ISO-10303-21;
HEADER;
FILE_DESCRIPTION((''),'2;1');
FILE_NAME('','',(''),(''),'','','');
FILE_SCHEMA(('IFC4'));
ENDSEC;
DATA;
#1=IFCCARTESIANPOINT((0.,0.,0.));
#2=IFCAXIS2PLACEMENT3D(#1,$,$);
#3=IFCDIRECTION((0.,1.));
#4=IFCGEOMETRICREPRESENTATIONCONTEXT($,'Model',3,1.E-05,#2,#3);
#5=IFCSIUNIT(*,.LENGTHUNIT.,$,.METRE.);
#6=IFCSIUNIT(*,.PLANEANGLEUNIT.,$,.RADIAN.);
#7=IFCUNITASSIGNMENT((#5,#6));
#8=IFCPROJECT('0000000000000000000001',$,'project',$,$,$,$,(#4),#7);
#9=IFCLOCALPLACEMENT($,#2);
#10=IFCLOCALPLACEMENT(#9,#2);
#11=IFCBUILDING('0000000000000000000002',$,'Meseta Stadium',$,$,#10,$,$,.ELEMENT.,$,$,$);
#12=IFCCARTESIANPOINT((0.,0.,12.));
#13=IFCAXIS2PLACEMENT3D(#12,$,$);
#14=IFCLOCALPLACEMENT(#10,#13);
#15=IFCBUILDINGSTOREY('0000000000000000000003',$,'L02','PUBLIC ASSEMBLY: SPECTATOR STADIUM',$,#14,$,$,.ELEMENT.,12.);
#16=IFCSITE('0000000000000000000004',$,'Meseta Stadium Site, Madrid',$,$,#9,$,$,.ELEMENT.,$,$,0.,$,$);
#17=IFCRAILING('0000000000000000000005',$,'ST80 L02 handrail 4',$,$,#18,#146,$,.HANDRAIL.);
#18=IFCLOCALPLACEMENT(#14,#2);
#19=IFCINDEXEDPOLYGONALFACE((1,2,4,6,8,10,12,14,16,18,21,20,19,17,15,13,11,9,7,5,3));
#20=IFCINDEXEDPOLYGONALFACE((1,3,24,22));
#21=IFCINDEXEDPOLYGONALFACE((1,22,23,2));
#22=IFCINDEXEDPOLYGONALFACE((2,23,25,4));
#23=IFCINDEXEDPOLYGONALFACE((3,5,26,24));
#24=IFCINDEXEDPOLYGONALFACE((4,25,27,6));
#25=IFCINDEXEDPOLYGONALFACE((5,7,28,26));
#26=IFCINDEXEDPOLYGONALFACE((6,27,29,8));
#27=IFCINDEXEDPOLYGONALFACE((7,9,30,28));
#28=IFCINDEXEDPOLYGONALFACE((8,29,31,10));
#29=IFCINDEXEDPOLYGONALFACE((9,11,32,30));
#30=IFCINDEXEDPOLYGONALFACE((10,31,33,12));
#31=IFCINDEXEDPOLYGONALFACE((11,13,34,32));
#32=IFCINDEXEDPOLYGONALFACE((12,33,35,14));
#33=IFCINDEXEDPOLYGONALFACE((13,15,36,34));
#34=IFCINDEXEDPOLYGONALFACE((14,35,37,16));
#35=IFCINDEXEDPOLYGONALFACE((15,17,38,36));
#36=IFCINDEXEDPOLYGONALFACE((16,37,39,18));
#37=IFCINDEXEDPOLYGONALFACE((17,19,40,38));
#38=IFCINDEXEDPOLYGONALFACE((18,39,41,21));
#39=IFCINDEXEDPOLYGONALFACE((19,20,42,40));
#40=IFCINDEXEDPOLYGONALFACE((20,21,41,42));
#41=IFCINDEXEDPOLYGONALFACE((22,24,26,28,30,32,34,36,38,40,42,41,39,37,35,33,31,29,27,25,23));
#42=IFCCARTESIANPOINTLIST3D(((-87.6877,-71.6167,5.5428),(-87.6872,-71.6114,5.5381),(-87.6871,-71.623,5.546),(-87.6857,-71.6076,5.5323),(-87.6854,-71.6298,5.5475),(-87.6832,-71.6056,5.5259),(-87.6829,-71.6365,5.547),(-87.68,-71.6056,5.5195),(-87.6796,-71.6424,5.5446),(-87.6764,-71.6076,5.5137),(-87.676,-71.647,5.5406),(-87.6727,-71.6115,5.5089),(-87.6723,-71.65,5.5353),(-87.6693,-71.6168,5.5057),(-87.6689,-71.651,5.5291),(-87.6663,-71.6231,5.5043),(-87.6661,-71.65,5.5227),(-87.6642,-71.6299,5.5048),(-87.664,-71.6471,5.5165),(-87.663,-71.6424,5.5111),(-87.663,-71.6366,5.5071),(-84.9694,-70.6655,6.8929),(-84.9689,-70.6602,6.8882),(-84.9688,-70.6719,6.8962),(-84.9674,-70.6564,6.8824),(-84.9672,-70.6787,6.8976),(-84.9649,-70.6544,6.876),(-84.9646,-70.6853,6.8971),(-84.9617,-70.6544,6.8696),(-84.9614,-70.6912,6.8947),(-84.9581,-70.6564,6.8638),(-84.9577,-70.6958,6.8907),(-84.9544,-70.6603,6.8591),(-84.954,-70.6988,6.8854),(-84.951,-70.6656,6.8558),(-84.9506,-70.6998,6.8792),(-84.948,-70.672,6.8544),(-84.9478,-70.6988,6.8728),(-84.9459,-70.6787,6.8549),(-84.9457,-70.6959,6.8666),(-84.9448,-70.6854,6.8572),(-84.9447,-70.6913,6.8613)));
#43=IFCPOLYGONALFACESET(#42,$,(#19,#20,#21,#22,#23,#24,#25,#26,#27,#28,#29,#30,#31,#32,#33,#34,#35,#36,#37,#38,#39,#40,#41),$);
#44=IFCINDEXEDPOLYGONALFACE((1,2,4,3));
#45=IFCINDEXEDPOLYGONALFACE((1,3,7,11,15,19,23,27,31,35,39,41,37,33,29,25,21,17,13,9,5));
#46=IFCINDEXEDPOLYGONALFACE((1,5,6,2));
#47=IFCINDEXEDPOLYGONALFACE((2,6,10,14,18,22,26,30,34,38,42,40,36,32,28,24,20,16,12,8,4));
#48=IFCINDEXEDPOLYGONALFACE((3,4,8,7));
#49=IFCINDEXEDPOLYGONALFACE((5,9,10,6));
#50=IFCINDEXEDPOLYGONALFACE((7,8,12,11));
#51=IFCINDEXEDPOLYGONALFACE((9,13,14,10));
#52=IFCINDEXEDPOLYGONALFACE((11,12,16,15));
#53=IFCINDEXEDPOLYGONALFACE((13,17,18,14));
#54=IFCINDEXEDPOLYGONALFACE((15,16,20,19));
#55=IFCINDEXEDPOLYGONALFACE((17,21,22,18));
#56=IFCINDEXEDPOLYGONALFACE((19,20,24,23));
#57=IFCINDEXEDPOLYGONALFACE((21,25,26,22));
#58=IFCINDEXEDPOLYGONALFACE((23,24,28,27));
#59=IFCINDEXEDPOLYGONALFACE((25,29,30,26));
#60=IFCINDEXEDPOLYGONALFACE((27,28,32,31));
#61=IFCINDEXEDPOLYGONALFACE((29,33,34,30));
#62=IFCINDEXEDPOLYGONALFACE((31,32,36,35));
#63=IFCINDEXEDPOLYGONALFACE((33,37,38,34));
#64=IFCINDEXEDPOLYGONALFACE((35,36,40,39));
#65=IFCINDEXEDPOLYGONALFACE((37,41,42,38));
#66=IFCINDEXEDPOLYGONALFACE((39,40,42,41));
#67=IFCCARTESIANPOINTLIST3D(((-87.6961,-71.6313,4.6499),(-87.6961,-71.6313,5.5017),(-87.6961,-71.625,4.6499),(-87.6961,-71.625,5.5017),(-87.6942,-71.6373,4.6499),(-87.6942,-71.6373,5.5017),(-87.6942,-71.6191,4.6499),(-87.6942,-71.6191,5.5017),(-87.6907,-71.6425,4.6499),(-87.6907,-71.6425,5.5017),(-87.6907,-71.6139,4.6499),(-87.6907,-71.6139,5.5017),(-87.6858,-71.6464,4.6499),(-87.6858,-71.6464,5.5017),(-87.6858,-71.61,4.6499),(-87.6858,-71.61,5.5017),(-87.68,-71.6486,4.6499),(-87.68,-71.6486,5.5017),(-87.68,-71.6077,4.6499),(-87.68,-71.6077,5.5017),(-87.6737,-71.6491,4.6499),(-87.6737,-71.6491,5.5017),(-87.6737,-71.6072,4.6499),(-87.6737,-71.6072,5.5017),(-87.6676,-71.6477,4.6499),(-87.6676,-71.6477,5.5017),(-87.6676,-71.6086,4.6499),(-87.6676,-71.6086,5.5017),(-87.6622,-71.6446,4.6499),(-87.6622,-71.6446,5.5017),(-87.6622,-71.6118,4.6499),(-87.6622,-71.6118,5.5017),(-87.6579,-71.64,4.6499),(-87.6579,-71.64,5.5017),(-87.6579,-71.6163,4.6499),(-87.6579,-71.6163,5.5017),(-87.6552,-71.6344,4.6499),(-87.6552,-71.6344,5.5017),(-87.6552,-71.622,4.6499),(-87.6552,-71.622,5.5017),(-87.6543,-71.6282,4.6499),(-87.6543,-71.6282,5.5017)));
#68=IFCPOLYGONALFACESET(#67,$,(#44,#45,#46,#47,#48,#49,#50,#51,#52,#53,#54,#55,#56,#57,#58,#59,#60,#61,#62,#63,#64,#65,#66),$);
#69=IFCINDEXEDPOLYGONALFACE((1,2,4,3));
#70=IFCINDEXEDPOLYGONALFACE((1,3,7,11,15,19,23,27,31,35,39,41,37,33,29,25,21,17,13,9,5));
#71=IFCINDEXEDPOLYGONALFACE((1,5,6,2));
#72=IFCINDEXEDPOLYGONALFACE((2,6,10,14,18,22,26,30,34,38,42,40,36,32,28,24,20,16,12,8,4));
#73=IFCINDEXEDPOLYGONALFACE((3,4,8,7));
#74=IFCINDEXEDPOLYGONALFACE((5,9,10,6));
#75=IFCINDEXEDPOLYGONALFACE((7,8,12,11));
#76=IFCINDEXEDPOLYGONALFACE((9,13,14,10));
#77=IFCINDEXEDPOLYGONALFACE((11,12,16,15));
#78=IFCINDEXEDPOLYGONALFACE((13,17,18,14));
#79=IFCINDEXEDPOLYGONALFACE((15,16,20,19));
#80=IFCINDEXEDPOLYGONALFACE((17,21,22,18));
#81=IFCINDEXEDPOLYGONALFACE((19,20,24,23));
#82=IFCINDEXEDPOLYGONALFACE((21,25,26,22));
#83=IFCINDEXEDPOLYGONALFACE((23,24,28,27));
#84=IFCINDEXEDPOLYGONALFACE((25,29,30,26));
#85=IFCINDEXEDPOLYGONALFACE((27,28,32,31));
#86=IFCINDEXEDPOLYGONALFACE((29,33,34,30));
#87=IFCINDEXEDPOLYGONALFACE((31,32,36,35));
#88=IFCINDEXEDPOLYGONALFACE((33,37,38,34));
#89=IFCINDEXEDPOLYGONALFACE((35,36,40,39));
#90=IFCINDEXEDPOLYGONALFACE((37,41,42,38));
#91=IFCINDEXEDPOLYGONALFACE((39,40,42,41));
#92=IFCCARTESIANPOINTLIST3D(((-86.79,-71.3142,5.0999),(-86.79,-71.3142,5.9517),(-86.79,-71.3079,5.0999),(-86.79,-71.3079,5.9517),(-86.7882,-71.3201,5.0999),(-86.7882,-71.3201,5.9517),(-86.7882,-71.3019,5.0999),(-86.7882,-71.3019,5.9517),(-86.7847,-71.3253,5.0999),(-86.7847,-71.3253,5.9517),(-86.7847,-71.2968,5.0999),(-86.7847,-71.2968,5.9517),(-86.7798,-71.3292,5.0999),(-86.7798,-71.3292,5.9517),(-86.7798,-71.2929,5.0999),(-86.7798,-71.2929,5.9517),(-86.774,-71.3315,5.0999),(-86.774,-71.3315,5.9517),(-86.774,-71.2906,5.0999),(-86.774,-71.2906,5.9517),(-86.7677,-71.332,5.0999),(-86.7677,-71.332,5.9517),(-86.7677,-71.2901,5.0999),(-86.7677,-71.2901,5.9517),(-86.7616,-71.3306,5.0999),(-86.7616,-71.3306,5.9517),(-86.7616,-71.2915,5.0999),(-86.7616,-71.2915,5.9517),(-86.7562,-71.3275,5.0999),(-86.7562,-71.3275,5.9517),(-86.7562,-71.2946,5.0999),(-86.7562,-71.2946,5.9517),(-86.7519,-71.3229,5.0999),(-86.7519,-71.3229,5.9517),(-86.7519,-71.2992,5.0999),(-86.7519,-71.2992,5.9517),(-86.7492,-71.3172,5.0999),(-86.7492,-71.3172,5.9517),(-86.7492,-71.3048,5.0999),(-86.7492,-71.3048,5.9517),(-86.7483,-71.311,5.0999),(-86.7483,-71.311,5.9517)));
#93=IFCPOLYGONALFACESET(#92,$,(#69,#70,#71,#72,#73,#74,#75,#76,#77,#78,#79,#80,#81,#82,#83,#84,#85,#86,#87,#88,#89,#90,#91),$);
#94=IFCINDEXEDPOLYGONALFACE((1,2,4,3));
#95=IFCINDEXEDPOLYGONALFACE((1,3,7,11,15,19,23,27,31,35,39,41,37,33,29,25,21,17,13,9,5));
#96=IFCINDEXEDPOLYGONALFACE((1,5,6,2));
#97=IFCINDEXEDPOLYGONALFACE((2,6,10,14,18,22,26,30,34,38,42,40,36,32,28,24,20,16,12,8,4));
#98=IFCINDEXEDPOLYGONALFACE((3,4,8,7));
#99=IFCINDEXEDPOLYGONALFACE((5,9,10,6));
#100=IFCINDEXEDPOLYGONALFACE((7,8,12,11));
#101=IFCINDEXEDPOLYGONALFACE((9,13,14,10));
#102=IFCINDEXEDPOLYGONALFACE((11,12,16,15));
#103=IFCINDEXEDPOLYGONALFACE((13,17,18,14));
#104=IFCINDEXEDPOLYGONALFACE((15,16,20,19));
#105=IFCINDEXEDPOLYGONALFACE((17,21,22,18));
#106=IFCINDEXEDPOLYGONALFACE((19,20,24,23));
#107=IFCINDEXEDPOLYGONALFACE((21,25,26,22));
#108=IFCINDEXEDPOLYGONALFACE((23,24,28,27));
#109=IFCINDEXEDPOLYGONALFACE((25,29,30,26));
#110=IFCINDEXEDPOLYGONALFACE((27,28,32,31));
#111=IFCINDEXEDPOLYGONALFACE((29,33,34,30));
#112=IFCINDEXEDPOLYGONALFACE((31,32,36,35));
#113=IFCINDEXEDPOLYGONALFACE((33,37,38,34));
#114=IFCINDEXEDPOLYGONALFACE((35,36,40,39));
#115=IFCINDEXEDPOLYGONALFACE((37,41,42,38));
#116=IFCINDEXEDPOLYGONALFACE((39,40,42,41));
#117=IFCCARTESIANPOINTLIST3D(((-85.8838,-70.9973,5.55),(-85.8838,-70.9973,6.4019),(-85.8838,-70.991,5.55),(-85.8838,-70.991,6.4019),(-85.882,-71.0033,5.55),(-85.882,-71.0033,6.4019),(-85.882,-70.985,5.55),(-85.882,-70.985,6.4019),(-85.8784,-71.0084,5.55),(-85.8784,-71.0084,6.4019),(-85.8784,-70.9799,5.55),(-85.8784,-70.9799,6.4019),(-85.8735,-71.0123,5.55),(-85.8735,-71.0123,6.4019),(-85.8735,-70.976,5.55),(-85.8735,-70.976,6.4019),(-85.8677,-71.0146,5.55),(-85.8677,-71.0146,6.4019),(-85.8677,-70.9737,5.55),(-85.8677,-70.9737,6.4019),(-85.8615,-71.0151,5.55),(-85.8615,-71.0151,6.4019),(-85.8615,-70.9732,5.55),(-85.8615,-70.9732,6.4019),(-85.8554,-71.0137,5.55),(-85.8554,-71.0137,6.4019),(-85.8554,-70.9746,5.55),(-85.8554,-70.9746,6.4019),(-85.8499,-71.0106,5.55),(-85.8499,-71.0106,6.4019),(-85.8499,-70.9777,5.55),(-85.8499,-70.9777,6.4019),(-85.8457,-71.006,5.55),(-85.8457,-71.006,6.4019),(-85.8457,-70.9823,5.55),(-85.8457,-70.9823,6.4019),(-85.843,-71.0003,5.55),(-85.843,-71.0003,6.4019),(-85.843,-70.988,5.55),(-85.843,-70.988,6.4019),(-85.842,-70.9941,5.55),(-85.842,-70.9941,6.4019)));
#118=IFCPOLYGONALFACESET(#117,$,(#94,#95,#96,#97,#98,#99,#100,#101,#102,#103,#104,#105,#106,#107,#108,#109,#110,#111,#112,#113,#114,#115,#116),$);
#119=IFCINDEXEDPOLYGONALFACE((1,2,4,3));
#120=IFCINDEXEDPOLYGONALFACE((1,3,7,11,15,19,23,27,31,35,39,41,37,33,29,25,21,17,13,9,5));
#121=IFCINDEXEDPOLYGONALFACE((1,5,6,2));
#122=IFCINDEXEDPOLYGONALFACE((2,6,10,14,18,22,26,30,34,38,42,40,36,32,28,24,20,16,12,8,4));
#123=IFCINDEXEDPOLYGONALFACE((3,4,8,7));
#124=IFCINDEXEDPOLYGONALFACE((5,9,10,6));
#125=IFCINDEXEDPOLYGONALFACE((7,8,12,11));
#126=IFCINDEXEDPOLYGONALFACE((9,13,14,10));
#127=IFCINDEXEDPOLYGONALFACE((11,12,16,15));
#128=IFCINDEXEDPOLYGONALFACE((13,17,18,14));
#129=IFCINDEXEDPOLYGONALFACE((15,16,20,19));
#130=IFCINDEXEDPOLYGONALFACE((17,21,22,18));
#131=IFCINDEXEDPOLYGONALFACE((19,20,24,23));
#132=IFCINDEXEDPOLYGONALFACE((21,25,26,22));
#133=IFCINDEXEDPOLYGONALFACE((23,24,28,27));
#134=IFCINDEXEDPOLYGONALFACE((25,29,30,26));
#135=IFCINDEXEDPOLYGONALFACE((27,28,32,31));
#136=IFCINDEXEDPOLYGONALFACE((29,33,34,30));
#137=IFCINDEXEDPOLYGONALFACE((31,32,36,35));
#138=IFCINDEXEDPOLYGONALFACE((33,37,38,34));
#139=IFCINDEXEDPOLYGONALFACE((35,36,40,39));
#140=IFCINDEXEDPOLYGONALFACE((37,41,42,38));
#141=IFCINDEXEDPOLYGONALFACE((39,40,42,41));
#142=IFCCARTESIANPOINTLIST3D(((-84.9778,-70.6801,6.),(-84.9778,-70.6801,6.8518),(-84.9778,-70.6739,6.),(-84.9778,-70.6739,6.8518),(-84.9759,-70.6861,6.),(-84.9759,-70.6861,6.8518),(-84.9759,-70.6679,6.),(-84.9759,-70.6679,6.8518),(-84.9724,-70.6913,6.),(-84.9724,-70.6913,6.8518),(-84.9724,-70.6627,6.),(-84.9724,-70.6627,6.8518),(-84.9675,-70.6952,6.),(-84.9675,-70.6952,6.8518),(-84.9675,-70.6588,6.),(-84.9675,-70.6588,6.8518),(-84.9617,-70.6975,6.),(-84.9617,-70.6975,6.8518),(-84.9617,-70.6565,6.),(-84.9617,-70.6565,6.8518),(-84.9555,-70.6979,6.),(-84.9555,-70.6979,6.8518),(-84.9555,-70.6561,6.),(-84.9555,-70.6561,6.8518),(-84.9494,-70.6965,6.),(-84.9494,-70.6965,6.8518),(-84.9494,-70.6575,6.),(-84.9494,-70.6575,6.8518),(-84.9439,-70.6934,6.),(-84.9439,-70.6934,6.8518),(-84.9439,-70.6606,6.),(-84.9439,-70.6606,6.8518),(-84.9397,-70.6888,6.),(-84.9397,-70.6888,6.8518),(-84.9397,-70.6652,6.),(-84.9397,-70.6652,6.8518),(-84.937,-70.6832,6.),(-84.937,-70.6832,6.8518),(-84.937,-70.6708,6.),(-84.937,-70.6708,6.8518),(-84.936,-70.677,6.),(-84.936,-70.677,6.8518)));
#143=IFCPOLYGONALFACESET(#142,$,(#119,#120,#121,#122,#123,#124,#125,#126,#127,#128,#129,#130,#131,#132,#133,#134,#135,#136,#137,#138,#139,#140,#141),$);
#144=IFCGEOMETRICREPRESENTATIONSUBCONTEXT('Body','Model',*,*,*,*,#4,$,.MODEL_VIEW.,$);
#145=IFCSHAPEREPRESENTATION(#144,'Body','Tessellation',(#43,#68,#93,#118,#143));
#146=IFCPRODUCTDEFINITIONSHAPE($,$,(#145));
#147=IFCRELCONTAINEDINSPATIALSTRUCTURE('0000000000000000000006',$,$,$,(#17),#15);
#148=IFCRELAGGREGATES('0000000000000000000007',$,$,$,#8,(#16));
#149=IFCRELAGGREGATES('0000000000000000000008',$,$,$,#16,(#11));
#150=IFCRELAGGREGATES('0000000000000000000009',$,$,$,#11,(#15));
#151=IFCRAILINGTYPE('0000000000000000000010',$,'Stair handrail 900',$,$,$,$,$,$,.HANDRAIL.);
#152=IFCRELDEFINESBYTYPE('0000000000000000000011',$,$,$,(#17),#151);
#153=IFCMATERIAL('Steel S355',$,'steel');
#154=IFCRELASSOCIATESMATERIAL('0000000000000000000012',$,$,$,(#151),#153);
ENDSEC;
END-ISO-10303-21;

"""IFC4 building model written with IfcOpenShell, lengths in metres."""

from ifc_helpers import new_model, si_unit, direction, frame, origin, origin_2d, place, context, subcontext, project, spatial, circle, extrude, material, type_object, element, save


model = new_model("IFC4")

# Units and contexts
model_context = context("Model", 3, precision=1e-05, world=origin(), true_north=direction((0.0, 1.0)))
body_context = subcontext(model_context, "Body", "Model", "MODEL_VIEW")
ifc_project = project(units=[si_unit("LENGTHUNIT", "METRE"), si_unit("PLANEANGLEUNIT", "RADIAN")], contexts=[model_context])

# Site, building, storey
site_placement = place(None, origin())
site = spatial("IfcSite", under=ifc_project, at=site_placement, Name="Meseta Stadium Site, Madrid", CompositionType="ELEMENT", RefElevation=0.0)
building_placement = place(site_placement, origin())
building = spatial("IfcBuilding", under=site, at=building_placement, Name="Meseta Stadium", CompositionType="ELEMENT")
storey_placement = place(building_placement, frame((0.0, 0.0, 12.0)))
storey = spatial("IfcBuildingStorey", under=building, at=storey_placement, Name="L02", Description="PUBLIC ASSEMBLY: SPECTATOR STADIUM", CompositionType="ELEMENT", Elevation=12.0)

# Railing
ifc_material_1 = material(Name="Steel S355", Category="steel")
railing_type = type_object("IfcRailingType", Name="Stair handrail 900", PredefinedType="HANDRAIL", material=ifc_material_1)
for number, where, name in (
    (1, (-87.6753, -71.6282, 4.6499), "ST80 L02 handrail 4"),
):
    element("IfcRailing", number, at=place(storey_placement, frame(where)), inside=storey, type_object=railing_type, Name=name, PredefinedType="HANDRAIL", context=body_context, shape_type="SweptSolid", body=[
        extrude(circle(Radius=0.0239, at=origin_2d()), frame((0.0, 0.0, 0.876), z_axis=(0.854629, 0.299051, 0.424474), x_axis=(-0.330282, 0.943882, 0.0)), (0.0, 0.0, 1.0), 3.1807),
        extrude(circle(Radius=0.021, at=origin_2d()), origin(), (0.0, 0.0, 1.0), 0.8518),
        extrude(circle(Radius=0.021, at=origin_2d()), frame((0.906, 0.3171, 0.45)), (0.0, 0.0, 1.0), 0.8518),
        extrude(circle(Radius=0.021, at=origin_2d()), frame((1.8123, 0.634, 0.9001)), (0.0, 0.0, 1.0), 0.8518),
        extrude(circle(Radius=0.021, at=origin_2d()), frame((2.7183, 0.9512, 1.3501)), (0.0, 0.0, 1.0), 0.8518),
    ])

save(model, "model.ifc")
